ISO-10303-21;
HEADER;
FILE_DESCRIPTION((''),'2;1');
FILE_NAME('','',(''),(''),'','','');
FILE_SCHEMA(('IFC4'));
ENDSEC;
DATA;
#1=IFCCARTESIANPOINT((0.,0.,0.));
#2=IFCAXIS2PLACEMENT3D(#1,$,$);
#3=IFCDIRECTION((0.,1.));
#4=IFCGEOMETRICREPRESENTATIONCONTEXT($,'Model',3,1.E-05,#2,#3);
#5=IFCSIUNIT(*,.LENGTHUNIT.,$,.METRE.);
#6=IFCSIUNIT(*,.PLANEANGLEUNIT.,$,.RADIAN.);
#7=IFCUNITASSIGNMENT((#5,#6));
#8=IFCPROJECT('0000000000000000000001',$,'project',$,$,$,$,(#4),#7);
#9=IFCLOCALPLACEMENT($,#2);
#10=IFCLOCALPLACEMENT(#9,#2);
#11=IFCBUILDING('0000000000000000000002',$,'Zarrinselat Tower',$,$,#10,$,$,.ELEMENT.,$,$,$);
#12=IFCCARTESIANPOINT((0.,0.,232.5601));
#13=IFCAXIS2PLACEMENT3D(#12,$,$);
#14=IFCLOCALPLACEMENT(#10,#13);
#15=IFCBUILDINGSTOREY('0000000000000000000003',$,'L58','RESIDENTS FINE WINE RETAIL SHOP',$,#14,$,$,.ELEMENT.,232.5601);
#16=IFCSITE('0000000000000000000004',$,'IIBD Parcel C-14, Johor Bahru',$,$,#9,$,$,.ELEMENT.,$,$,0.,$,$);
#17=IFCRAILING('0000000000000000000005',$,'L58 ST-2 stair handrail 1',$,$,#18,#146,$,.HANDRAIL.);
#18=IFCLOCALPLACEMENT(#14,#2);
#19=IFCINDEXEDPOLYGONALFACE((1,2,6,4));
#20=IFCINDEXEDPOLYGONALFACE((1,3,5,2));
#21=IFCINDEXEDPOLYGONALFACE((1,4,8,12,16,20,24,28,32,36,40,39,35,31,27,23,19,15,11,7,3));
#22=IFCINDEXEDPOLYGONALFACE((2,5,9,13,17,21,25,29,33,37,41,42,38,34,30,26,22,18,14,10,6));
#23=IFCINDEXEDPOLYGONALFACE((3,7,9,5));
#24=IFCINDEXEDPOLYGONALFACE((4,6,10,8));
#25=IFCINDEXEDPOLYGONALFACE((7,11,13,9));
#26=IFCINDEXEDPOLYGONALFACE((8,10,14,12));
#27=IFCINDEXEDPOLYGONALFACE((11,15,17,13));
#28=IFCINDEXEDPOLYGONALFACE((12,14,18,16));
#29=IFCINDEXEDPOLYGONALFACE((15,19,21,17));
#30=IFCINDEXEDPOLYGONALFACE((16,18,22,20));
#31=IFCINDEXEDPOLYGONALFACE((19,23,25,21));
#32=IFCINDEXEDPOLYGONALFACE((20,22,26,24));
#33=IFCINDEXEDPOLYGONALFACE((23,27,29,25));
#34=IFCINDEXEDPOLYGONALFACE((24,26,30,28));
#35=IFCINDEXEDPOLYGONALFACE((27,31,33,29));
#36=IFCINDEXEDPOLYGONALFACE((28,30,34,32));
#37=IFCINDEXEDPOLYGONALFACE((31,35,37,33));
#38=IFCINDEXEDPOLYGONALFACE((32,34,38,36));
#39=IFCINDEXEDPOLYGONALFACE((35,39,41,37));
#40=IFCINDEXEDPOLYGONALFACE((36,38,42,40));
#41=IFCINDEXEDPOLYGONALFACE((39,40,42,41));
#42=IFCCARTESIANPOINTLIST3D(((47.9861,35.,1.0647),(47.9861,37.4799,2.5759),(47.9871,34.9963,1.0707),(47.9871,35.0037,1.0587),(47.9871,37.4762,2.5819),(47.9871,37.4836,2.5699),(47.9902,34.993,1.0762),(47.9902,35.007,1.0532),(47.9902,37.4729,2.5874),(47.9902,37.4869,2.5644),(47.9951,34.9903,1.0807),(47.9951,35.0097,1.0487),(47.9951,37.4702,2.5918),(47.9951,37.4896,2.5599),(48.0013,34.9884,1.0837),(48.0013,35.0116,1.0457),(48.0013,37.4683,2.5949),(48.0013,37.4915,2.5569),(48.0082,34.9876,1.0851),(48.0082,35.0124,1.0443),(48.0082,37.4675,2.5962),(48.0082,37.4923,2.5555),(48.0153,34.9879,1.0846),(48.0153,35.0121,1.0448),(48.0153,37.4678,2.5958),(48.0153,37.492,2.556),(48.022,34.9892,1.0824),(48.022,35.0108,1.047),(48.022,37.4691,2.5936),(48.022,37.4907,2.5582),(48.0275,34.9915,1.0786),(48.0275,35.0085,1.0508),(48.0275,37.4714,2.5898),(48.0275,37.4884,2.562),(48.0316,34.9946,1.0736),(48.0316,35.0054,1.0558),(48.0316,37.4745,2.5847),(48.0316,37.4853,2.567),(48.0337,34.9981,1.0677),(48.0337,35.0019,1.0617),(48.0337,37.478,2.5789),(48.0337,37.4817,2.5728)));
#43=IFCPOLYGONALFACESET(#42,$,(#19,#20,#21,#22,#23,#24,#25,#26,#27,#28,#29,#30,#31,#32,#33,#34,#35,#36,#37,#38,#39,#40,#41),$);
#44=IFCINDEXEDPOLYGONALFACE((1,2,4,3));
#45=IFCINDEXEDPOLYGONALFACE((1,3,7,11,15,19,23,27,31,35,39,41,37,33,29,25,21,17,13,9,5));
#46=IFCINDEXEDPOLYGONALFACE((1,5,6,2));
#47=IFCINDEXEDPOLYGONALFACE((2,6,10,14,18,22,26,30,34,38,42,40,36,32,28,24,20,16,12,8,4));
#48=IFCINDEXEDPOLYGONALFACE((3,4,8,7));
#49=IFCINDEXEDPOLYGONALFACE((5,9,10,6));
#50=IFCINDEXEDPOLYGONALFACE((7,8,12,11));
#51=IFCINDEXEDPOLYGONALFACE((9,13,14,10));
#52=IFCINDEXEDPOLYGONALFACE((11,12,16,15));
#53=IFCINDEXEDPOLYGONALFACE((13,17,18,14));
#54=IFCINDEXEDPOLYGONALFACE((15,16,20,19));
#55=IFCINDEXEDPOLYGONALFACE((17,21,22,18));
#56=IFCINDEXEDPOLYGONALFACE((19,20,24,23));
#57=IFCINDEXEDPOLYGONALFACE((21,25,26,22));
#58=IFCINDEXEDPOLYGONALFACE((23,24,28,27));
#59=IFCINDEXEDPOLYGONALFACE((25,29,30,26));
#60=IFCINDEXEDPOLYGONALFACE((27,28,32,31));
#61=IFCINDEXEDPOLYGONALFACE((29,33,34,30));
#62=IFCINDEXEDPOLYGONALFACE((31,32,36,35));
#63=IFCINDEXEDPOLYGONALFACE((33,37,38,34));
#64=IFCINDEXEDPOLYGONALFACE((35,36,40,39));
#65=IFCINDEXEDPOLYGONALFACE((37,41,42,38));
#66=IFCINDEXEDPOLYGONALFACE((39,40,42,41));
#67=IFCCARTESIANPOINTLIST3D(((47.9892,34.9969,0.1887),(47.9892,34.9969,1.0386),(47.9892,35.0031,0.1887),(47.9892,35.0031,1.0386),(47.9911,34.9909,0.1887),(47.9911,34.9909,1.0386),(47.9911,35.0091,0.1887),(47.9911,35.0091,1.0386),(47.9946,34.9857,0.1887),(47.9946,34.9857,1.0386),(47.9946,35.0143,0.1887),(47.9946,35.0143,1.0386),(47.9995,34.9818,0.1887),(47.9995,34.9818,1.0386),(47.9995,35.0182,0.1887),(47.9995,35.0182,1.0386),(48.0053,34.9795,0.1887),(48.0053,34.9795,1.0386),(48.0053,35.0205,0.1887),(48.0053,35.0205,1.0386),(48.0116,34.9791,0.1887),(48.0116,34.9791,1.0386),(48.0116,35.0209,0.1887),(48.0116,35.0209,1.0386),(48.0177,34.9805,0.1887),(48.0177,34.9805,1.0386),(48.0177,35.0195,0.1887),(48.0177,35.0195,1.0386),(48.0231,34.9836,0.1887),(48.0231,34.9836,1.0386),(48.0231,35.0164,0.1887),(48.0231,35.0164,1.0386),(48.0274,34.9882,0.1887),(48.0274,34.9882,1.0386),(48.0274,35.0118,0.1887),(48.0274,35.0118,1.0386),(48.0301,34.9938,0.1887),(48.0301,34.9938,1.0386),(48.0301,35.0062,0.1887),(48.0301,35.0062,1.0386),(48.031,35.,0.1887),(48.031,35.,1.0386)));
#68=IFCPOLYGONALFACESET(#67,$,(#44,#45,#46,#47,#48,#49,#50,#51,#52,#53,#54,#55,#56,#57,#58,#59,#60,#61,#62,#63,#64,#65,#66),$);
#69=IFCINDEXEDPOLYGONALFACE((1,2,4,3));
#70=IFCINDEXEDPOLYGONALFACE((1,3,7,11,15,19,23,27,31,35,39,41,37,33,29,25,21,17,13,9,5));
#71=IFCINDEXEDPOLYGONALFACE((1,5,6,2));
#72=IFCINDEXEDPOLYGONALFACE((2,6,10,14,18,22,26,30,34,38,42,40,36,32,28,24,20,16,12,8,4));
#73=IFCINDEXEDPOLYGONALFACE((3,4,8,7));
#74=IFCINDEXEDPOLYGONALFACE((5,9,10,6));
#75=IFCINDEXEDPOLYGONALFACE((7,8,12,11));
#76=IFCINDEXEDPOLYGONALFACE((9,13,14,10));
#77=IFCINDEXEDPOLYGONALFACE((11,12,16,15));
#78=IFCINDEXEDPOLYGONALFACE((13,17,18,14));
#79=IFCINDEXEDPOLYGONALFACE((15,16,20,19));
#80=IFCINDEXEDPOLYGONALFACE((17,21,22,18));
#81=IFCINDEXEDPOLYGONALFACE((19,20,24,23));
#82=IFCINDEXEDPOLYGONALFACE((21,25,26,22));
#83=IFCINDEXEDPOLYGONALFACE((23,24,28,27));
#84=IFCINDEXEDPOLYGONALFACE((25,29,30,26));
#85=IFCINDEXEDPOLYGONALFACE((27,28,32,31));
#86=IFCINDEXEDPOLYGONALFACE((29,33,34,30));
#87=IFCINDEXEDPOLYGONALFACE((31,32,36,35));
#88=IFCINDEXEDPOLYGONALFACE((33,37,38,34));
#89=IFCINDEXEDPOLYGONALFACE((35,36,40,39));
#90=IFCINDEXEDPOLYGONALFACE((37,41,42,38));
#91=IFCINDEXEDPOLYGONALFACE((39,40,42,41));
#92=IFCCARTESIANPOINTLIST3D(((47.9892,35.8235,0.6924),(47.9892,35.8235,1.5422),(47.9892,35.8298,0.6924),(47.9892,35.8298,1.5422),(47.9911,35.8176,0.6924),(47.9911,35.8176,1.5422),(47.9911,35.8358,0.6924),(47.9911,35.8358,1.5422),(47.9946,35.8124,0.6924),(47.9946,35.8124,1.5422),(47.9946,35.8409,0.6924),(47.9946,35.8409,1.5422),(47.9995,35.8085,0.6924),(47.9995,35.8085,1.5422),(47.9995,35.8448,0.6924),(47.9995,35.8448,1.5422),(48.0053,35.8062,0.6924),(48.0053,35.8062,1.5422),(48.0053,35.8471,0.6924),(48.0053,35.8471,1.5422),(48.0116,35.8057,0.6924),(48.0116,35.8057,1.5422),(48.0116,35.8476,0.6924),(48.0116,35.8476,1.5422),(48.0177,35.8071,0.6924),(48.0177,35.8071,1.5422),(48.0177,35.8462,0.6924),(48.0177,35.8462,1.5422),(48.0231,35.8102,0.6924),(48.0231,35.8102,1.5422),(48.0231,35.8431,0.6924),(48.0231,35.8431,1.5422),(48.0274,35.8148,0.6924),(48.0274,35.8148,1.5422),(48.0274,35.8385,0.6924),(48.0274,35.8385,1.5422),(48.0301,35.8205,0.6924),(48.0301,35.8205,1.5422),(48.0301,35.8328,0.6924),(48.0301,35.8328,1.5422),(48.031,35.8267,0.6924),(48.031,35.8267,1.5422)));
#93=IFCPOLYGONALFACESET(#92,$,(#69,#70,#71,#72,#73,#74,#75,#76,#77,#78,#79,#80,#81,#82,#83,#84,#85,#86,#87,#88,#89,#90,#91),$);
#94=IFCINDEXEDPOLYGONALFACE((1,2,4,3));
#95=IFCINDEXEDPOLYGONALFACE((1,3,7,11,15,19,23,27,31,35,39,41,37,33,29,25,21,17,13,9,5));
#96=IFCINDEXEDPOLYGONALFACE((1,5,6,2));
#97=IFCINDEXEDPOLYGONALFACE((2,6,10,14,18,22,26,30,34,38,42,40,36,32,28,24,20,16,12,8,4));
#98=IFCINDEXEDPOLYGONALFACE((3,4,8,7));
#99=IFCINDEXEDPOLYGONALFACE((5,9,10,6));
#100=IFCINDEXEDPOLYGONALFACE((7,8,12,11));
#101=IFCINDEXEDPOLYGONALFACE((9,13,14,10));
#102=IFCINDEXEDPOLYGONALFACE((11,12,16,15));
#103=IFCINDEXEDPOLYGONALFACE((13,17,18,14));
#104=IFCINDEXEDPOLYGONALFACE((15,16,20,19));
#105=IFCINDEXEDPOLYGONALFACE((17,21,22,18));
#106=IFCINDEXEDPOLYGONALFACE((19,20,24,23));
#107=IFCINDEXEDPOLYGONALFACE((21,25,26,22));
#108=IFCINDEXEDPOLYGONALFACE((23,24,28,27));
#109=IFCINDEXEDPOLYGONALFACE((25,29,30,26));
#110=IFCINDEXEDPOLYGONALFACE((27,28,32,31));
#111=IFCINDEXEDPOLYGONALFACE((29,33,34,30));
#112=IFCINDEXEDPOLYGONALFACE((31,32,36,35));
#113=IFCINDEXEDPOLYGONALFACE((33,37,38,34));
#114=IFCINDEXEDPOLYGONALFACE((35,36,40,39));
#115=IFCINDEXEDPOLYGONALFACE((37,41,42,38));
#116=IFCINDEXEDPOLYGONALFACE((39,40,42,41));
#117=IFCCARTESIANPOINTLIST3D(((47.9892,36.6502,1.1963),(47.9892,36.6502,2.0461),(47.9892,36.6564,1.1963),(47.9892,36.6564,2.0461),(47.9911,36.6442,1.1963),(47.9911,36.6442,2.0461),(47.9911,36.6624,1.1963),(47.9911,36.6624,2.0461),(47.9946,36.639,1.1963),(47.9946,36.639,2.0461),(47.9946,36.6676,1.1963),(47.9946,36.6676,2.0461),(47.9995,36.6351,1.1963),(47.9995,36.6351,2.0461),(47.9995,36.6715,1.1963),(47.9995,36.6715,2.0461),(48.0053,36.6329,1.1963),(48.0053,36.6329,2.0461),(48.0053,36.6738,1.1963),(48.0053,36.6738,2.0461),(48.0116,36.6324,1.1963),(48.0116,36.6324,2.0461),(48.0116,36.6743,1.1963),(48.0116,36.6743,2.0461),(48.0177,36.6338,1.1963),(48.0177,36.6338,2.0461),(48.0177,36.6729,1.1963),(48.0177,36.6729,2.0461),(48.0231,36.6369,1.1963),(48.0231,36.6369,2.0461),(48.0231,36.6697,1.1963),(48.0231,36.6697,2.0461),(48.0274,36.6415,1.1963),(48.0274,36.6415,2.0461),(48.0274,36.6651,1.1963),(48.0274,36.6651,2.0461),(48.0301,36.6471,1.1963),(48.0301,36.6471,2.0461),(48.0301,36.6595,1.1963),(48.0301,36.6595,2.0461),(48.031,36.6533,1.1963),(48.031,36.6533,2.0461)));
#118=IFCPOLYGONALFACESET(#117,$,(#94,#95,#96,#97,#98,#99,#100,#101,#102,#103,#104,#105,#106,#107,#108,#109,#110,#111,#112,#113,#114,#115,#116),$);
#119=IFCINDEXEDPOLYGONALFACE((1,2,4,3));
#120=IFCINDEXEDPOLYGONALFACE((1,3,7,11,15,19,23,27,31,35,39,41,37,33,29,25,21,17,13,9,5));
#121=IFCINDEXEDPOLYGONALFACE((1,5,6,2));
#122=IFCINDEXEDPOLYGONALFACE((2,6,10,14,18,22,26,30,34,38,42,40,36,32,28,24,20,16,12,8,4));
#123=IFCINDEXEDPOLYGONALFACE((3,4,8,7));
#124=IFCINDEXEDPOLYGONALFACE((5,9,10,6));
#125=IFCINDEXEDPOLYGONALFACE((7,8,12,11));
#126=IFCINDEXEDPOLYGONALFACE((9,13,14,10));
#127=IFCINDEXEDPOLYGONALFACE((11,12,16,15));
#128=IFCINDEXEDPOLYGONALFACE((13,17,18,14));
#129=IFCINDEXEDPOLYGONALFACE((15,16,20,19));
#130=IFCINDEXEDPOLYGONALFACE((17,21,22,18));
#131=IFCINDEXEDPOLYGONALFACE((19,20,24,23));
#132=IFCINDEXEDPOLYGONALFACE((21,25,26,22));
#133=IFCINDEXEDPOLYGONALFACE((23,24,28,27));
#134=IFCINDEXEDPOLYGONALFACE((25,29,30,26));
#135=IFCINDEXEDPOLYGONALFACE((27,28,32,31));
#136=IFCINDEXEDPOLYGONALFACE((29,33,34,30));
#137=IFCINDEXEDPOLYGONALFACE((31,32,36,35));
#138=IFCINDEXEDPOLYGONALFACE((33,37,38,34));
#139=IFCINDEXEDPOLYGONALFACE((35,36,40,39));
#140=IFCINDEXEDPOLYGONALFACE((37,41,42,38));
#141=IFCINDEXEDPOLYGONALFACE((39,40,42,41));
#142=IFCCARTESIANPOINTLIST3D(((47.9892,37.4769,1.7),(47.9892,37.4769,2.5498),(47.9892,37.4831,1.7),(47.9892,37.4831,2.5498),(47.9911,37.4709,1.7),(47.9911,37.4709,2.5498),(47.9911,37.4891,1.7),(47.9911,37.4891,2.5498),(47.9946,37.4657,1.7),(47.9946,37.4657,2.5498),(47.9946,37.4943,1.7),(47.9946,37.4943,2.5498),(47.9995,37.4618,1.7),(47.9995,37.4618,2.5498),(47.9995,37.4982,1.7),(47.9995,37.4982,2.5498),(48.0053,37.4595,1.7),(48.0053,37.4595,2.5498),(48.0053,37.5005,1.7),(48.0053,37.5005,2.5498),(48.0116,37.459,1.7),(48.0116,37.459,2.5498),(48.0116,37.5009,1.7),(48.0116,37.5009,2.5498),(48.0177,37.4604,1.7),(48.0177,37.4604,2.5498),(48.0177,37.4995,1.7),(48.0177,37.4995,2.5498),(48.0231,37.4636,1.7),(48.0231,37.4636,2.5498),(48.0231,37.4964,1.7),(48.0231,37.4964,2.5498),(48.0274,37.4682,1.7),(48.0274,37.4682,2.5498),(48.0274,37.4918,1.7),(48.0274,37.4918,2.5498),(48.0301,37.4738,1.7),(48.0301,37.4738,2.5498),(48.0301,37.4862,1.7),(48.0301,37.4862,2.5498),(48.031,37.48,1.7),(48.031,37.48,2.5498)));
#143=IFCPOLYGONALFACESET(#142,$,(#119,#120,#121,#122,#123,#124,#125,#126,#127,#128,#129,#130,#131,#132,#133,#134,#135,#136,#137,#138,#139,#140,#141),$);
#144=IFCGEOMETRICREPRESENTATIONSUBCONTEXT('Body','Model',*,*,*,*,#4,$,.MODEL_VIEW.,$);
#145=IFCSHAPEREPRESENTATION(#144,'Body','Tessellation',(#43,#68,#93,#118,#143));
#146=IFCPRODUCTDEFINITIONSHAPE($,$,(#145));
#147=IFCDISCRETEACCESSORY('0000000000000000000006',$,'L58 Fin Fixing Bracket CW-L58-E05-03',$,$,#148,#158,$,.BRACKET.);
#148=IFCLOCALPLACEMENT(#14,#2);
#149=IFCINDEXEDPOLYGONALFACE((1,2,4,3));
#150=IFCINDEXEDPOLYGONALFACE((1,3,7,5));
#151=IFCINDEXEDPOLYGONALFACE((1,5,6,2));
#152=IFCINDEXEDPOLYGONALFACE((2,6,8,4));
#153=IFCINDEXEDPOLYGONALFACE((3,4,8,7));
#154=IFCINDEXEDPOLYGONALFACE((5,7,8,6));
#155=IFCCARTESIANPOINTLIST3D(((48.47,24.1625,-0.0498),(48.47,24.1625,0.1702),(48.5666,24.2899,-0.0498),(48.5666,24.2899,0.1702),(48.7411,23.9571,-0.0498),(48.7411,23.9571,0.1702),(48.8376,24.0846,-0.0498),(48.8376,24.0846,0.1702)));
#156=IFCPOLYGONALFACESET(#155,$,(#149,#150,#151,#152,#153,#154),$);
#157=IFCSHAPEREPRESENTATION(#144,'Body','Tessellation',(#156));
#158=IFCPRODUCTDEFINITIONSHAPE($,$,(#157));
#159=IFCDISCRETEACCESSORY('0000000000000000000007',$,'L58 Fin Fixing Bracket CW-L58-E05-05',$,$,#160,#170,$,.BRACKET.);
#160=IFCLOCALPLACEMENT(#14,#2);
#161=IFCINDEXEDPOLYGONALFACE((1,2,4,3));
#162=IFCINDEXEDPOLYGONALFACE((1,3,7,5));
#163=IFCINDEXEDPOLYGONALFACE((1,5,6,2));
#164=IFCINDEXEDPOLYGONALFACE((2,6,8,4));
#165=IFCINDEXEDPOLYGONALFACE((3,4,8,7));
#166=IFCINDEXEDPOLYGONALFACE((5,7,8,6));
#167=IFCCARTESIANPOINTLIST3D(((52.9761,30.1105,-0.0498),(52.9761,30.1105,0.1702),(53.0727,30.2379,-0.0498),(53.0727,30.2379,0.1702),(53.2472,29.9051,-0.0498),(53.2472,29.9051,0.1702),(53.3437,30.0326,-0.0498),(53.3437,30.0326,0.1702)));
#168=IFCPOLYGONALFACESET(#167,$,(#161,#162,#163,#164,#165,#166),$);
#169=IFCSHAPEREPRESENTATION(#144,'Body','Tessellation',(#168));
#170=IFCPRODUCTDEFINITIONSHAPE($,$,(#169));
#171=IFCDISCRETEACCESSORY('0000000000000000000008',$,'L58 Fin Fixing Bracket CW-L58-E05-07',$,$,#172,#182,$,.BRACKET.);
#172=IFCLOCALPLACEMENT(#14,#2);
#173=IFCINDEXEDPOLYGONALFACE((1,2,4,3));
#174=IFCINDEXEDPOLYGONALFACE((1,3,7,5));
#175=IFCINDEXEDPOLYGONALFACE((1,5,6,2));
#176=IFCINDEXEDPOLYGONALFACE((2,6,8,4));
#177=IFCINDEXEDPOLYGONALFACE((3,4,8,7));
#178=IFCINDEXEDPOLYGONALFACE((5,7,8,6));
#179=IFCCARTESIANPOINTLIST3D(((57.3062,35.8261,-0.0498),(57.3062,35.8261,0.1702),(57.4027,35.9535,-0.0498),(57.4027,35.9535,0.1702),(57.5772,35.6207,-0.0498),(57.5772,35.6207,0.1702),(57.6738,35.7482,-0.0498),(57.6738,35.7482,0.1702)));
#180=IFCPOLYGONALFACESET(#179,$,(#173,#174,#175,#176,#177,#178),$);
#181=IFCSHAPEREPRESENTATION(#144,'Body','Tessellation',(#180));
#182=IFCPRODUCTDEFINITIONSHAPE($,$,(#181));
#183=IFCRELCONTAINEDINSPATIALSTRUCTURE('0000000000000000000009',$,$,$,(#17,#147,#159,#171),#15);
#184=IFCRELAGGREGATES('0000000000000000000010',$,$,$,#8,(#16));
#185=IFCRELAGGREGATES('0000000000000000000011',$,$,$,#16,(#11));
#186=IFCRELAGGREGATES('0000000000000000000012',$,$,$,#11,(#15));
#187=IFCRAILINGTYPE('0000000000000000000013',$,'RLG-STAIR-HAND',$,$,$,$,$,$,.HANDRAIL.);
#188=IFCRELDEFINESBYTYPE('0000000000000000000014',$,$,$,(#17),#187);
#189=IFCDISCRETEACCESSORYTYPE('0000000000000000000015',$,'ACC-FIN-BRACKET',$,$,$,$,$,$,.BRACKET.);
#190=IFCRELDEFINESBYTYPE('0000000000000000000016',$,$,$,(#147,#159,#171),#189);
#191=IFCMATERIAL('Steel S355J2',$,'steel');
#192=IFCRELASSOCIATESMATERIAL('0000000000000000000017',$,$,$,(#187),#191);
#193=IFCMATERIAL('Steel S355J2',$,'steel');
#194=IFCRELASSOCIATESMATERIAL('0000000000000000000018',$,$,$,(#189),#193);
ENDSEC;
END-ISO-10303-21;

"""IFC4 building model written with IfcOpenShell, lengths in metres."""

from ifc_helpers import new_model, si_unit, direction, frame, origin, origin_2d, place, context, subcontext, project, spatial, rectangle, circle, extrude, material, type_object, element, save


model = new_model("IFC4")

# Units and contexts
model_context = context("Model", 3, precision=1e-05, world=origin(), true_north=direction((0.0, 1.0)))
body_context = subcontext(model_context, "Body", "Model", "MODEL_VIEW")
ifc_project = project(units=[si_unit("LENGTHUNIT", "METRE"), si_unit("PLANEANGLEUNIT", "RADIAN")], contexts=[model_context])

# Site, building, storey
site_placement = place(None, origin())
site = spatial("IfcSite", under=ifc_project, at=site_placement, Name="IIBD Parcel C-14, Johor Bahru", CompositionType="ELEMENT", RefElevation=0.0)
building_placement = place(site_placement, origin())
building = spatial("IfcBuilding", under=site, at=building_placement, Name="Zarrinselat Tower", CompositionType="ELEMENT")
storey_placement = place(building_placement, frame((0.0, 0.0, 232.5601)))
storey = spatial("IfcBuildingStorey", under=building, at=storey_placement, Name="L58", Description="RESIDENTS FINE WINE RETAIL SHOP", CompositionType="ELEMENT", Elevation=232.5601)

# Railing
ifc_material_1 = material(Name="Steel S355J2", Category="steel")
railing_type = type_object("IfcRailingType", Name="RLG-STAIR-HAND", PredefinedType="HANDRAIL", material=ifc_material_1)
railing_placement = place(storey_placement, frame((48.01, 35.0, 0.1887)))
element("IfcRailing", 1, at=railing_placement, inside=storey, type_object=railing_type, Name="L58 ST-2 stair handrail 1", PredefinedType="HANDRAIL", context=body_context, shape_type="SweptSolid", body=[
    extrude(circle(Radius=0.0239, at=origin_2d()), frame((0.0, 0.0, 0.876), z_axis=(0.0, 0.853942, 0.520368), x_axis=(-1.0, 0.0, 0.0)), (0.0, 0.0, 1.0), 2.9041),
    extrude(circle(Radius=0.021, at=origin_2d()), origin(), (0.0, 0.0, 1.0), 0.8499),
    extrude(circle(Radius=0.021, at=origin_2d()), frame((0.0, 0.8267, 0.5037)), (0.0, 0.0, 1.0), 0.8499),
    extrude(circle(Radius=0.021, at=origin_2d()), frame((0.0, 1.6533, 1.0076)), (0.0, 0.0, 1.0), 0.8499),
    extrude(circle(Radius=0.021, at=origin_2d()), frame((0.0, 2.48, 1.5112)), (0.0, 0.0, 1.0), 0.8499),
])

# Discrete accessories
ifc_material_2 = material(Name="Steel S355J2", Category="steel")
discrete_accessory_type = type_object("IfcDiscreteAccessoryType", Name="ACC-FIN-BRACKET", PredefinedType="BRACKET", material=ifc_material_2)
for number, where, z_axis, x_axis, name in (
    (2, (48.6538, 24.1235, -0.0498), (0.0, 0.0, 1.0), (0.797091, -0.603859, 0.0), "L58 Fin Fixing Bracket CW-L58-E05-03"),
    (3, (53.1599, 30.0715, -0.0498), (0.0, 0.0, 1.0), (0.797091, -0.603859, 0.0), "L58 Fin Fixing Bracket CW-L58-E05-05"),
    (4, (57.49, 35.7871, -0.0498), (0.0, 0.0, 1.0), (0.797091, -0.603859, 0.0), "L58 Fin Fixing Bracket CW-L58-E05-07"),
):
    element("IfcDiscreteAccessory", number, at=place(storey_placement, frame(where, z_axis=z_axis, x_axis=x_axis)), inside=storey, type_object=discrete_accessory_type, Name=name, PredefinedType="BRACKET", context=body_context, shape_type="SweptSolid", body=[
        extrude(rectangle(XDim=0.3401, YDim=0.1599, at=origin_2d()), origin(), (0.0, 0.0, 1.0), 0.22),
    ])

save(model, "model.ifc")
